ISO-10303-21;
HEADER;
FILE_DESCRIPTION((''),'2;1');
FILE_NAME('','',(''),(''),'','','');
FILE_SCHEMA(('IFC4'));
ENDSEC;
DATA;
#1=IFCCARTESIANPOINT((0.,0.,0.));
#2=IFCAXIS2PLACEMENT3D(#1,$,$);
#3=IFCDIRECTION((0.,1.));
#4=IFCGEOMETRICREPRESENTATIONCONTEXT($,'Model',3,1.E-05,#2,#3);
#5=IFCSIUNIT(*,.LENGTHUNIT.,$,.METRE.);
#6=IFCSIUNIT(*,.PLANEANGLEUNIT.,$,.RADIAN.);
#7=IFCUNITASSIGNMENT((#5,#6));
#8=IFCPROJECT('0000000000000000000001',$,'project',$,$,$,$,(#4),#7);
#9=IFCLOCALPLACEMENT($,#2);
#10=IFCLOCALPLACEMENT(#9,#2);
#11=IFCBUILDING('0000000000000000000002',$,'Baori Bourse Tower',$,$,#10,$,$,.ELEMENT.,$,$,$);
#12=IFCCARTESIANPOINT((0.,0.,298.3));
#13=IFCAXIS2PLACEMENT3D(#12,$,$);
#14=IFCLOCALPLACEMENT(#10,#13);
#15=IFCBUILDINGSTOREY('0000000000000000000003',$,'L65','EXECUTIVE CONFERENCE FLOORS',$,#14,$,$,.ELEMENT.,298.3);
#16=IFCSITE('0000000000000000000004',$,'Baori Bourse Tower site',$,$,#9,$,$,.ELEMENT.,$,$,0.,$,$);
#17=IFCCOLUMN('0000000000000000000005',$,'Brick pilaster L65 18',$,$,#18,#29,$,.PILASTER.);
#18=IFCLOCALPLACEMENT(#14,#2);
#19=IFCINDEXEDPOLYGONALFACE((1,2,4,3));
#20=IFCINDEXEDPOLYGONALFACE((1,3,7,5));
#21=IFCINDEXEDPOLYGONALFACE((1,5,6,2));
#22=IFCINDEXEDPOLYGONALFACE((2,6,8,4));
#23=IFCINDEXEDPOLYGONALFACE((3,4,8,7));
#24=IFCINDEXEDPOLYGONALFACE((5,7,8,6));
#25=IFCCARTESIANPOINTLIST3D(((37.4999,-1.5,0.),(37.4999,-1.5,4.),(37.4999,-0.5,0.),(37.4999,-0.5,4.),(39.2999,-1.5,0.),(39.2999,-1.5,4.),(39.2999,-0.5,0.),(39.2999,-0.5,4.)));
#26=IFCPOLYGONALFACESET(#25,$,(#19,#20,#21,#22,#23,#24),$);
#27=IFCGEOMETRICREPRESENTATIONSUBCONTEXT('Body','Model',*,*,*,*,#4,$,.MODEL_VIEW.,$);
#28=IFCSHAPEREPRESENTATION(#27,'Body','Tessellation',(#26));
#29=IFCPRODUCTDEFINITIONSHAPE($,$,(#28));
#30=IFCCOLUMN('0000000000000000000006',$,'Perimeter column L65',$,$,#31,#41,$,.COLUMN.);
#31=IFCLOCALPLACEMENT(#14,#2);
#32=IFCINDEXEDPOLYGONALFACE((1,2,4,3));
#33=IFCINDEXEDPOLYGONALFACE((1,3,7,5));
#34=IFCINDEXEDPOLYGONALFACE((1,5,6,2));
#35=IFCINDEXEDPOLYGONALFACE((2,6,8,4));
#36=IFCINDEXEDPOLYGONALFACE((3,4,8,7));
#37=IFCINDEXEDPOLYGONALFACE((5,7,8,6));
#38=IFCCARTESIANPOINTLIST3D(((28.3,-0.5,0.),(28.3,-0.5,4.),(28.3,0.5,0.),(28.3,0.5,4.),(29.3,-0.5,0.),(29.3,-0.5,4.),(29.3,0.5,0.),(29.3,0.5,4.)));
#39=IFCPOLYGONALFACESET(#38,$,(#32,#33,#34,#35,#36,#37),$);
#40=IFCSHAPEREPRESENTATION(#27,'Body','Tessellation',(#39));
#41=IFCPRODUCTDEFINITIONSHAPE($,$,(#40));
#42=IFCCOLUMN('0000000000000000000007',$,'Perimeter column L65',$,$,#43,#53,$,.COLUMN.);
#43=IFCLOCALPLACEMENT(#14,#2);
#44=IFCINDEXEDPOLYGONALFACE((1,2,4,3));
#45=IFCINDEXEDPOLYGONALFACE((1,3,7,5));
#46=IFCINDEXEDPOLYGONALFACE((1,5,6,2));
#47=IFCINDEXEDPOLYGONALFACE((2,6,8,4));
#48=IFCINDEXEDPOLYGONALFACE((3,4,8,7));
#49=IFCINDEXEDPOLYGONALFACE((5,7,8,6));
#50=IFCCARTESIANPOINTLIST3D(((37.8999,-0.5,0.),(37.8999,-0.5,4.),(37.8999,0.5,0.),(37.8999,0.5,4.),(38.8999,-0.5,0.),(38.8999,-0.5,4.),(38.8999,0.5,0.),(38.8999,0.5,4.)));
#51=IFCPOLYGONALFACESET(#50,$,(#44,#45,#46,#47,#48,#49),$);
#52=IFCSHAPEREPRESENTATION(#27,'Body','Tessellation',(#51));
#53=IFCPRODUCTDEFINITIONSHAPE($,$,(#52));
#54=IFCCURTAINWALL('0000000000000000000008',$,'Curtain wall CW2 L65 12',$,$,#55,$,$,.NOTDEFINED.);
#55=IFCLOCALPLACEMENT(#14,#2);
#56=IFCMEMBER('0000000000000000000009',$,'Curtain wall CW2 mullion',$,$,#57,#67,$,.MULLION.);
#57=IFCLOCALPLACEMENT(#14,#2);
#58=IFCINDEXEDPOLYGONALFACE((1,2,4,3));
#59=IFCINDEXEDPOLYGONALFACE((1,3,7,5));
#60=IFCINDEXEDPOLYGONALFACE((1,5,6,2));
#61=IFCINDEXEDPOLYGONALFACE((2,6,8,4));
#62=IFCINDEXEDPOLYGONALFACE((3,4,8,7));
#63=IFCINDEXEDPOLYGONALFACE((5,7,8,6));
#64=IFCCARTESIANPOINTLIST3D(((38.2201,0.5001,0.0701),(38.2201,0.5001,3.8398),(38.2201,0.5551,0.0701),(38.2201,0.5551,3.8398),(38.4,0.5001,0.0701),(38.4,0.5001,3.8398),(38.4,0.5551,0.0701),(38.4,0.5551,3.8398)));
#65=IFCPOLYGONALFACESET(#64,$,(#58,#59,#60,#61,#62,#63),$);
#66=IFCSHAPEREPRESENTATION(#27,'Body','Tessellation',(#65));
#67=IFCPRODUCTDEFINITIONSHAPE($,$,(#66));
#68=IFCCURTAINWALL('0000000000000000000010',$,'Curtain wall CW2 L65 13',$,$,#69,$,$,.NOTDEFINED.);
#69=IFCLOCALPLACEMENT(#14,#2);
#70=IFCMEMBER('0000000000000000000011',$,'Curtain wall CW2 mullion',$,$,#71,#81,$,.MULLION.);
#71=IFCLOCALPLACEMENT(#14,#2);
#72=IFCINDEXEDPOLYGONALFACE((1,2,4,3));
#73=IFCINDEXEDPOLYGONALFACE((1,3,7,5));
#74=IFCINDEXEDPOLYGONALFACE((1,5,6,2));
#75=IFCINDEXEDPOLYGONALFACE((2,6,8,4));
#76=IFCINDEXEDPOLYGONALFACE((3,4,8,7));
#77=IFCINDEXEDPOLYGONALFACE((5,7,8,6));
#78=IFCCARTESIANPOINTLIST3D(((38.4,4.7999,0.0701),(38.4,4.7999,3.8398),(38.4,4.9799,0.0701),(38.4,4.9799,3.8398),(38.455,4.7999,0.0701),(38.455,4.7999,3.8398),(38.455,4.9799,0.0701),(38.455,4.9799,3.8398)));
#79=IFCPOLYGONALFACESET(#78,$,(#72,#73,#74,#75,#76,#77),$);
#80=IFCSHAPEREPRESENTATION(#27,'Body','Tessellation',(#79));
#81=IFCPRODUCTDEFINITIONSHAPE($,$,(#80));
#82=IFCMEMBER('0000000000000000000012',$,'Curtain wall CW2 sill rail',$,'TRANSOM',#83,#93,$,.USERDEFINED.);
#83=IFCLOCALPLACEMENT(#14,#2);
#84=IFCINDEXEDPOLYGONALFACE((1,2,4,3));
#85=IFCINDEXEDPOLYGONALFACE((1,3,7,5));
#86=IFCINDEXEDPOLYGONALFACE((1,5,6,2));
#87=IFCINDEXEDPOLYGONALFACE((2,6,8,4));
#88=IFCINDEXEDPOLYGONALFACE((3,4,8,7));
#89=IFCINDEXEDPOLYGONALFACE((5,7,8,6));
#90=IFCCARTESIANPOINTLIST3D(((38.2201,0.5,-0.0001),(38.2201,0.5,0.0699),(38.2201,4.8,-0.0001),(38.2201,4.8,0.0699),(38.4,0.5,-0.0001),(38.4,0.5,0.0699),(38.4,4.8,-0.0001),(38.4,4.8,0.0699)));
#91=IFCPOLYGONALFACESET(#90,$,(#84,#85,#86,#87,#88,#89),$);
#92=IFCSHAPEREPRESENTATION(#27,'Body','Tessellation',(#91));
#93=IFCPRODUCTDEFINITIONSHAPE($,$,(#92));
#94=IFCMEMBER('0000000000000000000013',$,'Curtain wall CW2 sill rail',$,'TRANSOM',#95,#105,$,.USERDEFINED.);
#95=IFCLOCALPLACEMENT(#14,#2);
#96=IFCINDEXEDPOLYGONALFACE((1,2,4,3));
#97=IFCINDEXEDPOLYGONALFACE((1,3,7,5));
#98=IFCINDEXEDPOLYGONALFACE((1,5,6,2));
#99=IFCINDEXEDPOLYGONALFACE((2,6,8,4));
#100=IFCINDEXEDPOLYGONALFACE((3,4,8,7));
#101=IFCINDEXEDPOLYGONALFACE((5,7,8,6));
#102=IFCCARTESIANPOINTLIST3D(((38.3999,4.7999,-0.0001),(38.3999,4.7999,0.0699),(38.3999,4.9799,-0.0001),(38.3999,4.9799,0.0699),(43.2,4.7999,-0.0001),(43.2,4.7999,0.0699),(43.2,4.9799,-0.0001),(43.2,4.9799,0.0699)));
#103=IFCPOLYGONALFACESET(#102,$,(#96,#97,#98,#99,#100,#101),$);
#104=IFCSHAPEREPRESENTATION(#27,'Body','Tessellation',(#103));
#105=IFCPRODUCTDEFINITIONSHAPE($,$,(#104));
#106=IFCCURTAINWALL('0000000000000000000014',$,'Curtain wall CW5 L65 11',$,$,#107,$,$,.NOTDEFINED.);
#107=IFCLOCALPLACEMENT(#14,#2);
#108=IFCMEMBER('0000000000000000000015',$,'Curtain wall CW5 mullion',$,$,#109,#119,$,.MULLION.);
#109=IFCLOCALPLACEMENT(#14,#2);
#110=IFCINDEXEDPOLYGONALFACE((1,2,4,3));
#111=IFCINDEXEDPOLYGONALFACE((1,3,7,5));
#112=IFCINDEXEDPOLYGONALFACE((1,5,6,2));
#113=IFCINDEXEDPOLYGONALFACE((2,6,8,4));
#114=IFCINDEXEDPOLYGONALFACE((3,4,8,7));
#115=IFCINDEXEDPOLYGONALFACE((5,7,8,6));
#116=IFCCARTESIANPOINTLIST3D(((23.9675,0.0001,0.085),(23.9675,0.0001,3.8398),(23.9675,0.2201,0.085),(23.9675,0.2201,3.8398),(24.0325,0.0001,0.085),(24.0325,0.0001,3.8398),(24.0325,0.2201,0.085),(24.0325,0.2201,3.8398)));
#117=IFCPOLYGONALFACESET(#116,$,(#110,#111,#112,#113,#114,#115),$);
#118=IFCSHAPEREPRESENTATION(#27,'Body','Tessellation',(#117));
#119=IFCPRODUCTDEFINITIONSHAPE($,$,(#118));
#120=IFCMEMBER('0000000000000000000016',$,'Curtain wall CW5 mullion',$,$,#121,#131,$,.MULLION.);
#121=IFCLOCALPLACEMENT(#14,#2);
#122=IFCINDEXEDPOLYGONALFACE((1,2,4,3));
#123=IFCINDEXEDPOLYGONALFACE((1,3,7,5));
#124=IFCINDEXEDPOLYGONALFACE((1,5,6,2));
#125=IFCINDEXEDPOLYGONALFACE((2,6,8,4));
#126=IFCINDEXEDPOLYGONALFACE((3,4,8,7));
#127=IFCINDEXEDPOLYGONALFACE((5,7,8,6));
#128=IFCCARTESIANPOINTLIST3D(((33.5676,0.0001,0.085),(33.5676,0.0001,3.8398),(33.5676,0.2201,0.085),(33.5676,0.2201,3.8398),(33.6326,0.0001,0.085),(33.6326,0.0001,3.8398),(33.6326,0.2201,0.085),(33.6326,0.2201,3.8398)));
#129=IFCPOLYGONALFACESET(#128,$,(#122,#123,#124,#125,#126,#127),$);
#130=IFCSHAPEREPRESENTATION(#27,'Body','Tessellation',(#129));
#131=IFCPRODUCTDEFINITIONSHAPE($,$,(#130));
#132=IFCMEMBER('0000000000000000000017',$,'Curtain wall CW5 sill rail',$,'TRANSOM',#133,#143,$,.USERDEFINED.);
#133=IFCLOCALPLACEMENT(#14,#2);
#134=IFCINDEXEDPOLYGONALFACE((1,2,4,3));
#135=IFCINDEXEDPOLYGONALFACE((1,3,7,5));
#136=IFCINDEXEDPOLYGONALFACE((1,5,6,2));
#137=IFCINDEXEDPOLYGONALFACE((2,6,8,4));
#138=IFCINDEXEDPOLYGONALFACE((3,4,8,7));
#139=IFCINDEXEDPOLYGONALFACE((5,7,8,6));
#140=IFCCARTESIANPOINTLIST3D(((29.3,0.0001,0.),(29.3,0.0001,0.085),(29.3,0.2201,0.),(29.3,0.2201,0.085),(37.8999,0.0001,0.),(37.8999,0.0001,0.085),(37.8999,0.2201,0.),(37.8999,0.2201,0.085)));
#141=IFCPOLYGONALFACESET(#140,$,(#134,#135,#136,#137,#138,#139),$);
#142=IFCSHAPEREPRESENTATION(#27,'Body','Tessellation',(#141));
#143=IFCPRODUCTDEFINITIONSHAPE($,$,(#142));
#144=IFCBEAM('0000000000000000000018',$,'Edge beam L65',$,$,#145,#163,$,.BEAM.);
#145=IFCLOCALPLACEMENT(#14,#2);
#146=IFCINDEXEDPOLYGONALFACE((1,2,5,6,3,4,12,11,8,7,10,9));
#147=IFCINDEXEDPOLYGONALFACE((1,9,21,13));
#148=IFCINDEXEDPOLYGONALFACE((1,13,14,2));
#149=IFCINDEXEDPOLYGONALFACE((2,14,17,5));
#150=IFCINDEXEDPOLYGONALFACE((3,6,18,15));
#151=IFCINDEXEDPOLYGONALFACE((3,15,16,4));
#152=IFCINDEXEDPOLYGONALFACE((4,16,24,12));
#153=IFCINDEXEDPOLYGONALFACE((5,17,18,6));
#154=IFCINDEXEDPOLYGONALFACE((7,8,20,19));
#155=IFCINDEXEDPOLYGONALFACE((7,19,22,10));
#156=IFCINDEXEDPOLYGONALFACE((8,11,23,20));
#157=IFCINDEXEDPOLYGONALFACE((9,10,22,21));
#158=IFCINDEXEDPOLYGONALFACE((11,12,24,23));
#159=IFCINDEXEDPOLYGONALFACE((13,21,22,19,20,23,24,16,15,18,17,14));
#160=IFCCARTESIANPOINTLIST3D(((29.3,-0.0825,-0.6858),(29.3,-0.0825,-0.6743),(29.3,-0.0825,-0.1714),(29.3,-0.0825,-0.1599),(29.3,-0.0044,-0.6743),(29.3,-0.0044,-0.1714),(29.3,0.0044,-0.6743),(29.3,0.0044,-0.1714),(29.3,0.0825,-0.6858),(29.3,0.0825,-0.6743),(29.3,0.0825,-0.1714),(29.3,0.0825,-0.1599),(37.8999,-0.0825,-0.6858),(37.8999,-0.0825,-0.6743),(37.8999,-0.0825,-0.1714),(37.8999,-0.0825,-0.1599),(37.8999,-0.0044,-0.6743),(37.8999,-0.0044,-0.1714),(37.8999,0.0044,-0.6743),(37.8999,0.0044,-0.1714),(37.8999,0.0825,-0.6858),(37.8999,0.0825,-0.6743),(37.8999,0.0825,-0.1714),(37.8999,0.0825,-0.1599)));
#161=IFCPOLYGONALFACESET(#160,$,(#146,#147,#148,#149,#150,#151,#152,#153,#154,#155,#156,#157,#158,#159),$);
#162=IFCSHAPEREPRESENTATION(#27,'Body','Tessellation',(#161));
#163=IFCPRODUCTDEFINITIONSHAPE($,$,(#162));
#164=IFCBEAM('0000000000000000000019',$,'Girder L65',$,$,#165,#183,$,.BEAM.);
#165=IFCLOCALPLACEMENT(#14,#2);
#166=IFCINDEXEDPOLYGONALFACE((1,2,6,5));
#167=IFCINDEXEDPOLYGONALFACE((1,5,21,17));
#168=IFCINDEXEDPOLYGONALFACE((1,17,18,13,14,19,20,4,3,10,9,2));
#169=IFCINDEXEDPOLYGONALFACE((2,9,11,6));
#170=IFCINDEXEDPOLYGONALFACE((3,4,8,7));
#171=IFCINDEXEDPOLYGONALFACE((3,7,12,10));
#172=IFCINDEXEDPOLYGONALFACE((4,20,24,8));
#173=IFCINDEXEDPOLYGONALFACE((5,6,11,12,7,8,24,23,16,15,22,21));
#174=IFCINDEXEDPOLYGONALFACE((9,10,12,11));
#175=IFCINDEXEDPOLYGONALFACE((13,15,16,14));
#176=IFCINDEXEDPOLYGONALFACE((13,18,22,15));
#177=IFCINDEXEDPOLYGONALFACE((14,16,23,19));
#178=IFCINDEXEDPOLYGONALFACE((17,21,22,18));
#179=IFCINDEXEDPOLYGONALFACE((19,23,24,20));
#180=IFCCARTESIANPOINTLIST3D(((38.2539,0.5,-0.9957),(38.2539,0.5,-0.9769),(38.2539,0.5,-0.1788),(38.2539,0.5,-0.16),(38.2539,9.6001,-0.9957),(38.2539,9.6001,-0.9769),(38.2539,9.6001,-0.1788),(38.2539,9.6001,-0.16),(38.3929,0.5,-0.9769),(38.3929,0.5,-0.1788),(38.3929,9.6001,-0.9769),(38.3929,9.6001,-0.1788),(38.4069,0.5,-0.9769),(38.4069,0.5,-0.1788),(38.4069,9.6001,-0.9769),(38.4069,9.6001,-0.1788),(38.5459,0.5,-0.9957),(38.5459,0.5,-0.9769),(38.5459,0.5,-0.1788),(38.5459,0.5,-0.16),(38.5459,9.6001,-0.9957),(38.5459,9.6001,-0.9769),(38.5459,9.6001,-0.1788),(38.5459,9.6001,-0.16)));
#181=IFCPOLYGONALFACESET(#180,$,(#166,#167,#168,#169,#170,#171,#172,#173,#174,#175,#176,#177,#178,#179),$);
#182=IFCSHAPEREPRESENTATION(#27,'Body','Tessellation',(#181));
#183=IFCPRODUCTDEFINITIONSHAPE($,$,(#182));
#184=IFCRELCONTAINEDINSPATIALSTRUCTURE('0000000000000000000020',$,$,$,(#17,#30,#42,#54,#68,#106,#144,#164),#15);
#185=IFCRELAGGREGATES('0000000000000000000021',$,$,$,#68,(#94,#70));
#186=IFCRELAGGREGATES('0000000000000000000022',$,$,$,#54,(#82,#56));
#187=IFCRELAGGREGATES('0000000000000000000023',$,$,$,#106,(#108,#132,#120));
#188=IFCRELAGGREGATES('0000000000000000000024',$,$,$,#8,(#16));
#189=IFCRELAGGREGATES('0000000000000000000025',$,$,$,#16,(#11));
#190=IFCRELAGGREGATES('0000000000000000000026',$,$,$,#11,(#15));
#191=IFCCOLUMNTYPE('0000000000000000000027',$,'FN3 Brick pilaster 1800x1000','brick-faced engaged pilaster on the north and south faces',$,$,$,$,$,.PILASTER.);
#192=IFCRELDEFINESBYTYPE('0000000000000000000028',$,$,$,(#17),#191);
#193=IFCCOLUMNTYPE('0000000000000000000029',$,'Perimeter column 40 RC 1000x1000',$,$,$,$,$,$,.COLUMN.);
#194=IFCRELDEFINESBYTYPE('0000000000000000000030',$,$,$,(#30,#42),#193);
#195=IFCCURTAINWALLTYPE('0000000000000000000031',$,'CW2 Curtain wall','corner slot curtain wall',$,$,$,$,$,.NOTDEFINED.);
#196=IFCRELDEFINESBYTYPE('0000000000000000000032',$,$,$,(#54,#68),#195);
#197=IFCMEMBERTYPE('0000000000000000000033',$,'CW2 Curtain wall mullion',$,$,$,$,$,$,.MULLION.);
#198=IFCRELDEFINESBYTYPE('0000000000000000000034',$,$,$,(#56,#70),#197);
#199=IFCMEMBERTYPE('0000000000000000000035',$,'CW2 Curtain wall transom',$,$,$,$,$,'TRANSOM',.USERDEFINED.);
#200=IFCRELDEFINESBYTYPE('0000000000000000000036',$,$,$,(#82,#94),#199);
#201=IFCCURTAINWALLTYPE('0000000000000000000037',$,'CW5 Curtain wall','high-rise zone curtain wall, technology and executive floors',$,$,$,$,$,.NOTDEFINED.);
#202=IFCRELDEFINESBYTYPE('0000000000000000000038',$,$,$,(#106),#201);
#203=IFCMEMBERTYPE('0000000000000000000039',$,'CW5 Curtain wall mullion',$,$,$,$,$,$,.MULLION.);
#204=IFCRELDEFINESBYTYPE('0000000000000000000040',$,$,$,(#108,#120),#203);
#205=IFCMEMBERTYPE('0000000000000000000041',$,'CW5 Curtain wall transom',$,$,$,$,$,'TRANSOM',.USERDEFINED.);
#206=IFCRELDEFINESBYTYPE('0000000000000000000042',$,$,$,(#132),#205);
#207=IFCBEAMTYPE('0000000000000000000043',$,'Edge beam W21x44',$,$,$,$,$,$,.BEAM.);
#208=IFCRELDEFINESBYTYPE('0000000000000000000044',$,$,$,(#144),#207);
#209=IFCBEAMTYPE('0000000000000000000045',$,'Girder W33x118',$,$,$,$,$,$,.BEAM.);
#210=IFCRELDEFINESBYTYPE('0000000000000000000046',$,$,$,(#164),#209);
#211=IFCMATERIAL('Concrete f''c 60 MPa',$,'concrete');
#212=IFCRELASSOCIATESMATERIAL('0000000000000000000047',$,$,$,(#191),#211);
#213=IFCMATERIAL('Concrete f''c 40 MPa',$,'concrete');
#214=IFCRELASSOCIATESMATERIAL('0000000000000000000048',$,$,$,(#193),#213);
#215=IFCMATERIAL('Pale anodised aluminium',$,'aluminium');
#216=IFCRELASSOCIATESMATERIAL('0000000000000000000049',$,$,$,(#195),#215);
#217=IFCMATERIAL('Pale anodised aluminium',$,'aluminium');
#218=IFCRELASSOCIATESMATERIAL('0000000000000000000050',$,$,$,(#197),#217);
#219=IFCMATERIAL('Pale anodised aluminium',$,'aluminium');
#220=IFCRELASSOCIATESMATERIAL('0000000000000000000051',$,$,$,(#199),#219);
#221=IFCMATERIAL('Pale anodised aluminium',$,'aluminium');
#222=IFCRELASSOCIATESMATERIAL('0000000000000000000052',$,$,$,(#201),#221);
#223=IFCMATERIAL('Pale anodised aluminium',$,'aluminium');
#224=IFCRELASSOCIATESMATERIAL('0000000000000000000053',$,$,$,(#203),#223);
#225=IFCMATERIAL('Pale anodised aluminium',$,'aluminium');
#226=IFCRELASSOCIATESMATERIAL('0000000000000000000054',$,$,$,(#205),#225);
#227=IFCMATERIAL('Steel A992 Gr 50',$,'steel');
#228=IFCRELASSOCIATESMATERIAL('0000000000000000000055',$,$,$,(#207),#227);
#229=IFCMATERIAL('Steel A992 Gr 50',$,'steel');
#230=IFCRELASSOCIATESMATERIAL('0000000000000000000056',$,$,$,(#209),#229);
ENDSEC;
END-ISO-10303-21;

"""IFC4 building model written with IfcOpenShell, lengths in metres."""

from ifc_helpers import new_model, si_unit, direction, frame, origin, origin_2d, place, context, subcontext, project, spatial, rectangle, i_section, extrude, material, material_profile, profile_set, type_object, element, aggregate, save


model = new_model("IFC4")

# Units and contexts
model_context = context("Model", 3, precision=1e-05, world=origin(), true_north=direction((0.0, 1.0)))
body_context = subcontext(model_context, "Body", "Model", "MODEL_VIEW")
ifc_project = project(units=[si_unit("LENGTHUNIT", "METRE"), si_unit("PLANEANGLEUNIT", "RADIAN")], contexts=[model_context])

# Site, building, storey
site_placement = place(None, origin())
site = spatial("IfcSite", under=ifc_project, at=site_placement, Name="Baori Bourse Tower site", CompositionType="ELEMENT", RefElevation=0.0)
building_placement = place(site_placement, origin())
building = spatial("IfcBuilding", under=site, at=building_placement, Name="Baori Bourse Tower", CompositionType="ELEMENT")
storey_placement = place(building_placement, frame((0.0, 0.0, 298.3)))
storey = spatial("IfcBuildingStorey", under=building, at=storey_placement, Name="L65", Description="EXECUTIVE CONFERENCE FLOORS", CompositionType="ELEMENT", Elevation=298.3)

# Columns
ifc_material_1 = material(Name="Concrete f'c 60 MPa", Category="concrete")
ifc_material_profile_1 = material_profile(ifc_material_1, rectangle(XDim=1.8, YDim=1.0, at=origin_2d()), Name="RC 1800x1000")
ifc_profile_set_1 = profile_set([ifc_material_profile_1], Name="Concrete f'c 60 MPa")
column_type_1 = type_object("IfcColumnType", Name="FN3 Brick pilaster 1800x1000", Description="brick-faced engaged pilaster on the north and south faces", PredefinedType="PILASTER", material=ifc_profile_set_1)
column_placement = place(storey_placement, frame((38.3999, -1.0, 0.0), z_axis=(0.0, 0.0, 1.0), x_axis=(1.0, 0.0, 0.0)))
element("IfcColumn", 1, at=column_placement, inside=storey, type_object=column_type_1, Name="Brick pilaster L65 18", PredefinedType="PILASTER", context=body_context, shape_type="SweptSolid", body=[
    extrude(rectangle(XDim=1.8, YDim=1.0, at=origin_2d()), origin(), (0.0, 0.0, 1.0), 4.0),
])
ifc_material_2 = material(Name="Concrete f'c 40 MPa", Category="concrete")
ifc_material_profile_2 = material_profile(ifc_material_2, rectangle(XDim=1.0, YDim=1.0, at=origin_2d()), Name="RC 1000x1000")
ifc_profile_set_2 = profile_set([ifc_material_profile_2], Name="Concrete f'c 40 MPa")
column_type_2 = type_object("IfcColumnType", Name="Perimeter column 40 RC 1000x1000", PredefinedType="COLUMN", material=ifc_profile_set_2)
for number, where, z_axis, x_axis, name in (
    (2, (28.8, 0.0, 0.0), (0.0, 0.0, 1.0), (1.0, 0.0, 0.0), "Perimeter column L65"),
    (3, (38.3999, 0.0, 0.0), (0.0, 0.0, 1.0), (1.0, 0.0, 0.0), "Perimeter column L65"),
):
    element("IfcColumn", number, at=place(storey_placement, frame(where, z_axis=z_axis, x_axis=x_axis)), inside=storey, type_object=column_type_2, Name=name, PredefinedType="COLUMN", context=body_context, shape_type="SweptSolid", body=[
        extrude(rectangle(XDim=1.0, YDim=1.0, at=origin_2d()), origin(), (0.0, 0.0, 1.0), 4.0),
    ])

# Curtain walls, members
ifc_material_3 = material(Name="Pale anodised aluminium", Category="aluminium")
curtain_wall_type_1 = type_object("IfcCurtainWallType", Name="CW2 Curtain wall", Description="corner slot curtain wall", PredefinedType="NOTDEFINED", material=ifc_material_3)
curtain_wall_1_placement = place(storey_placement, origin())
curtain_wall_1 = element("IfcCurtainWall", 4, at=curtain_wall_1_placement, inside=storey, type_object=curtain_wall_type_1, Name="Curtain wall CW2 L65 12", PredefinedType="NOTDEFINED")
ifc_material_4 = material(Name="Pale anodised aluminium", Category="aluminium")
ifc_material_profile_3 = material_profile(ifc_material_4, rectangle(XDim=0.1799, YDim=0.0549, at=origin_2d()), Name="Mullion 55x180")
ifc_profile_set_3 = profile_set([ifc_material_profile_3], Name="Pale anodised aluminium")
member_type_1 = type_object("IfcMemberType", Name="CW2 Curtain wall mullion", PredefinedType="MULLION", material=ifc_profile_set_3)
member_1_placement = place(storey_placement, frame((38.3101, 0.5276, 0.0701), z_axis=(0.0, 0.0, 1.0), x_axis=(-1.0, 0.0, 0.0)))
member_1 = element("IfcMember", 5, at=member_1_placement, type_object=member_type_1, Name="Curtain wall CW2 mullion", PredefinedType="MULLION", context=body_context, shape_type="SweptSolid", body=[
    extrude(rectangle(XDim=0.1799, YDim=0.0549, at=origin_2d()), origin(), (0.0, 0.0, 1.0), 3.7698),
])
curtain_wall_2_placement = place(storey_placement, origin())
curtain_wall_2 = element("IfcCurtainWall", 6, at=curtain_wall_2_placement, inside=storey, type_object=curtain_wall_type_1, Name="Curtain wall CW2 L65 13", PredefinedType="NOTDEFINED")
member_2_placement = place(storey_placement, frame((38.4275, 4.8899, 0.0701), z_axis=(0.0, 0.0, 1.0), x_axis=(0.0, 1.0, 0.0)))
member_2 = element("IfcMember", 7, at=member_2_placement, type_object=member_type_1, Name="Curtain wall CW2 mullion", PredefinedType="MULLION", context=body_context, shape_type="SweptSolid", body=[
    extrude(rectangle(XDim=0.1799, YDim=0.0549, at=origin_2d()), origin(), (0.0, 0.0, 1.0), 3.7698),
])

# Members
ifc_material_5 = material(Name="Pale anodised aluminium", Category="aluminium")
ifc_material_profile_4 = material_profile(ifc_material_5, rectangle(XDim=0.1799, YDim=0.0701, at=origin_2d()), Name="Transom 70x180")
ifc_profile_set_4 = profile_set([ifc_material_profile_4], Name="Pale anodised aluminium")
member_type_2 = type_object("IfcMemberType", Name="CW2 Curtain wall transom", ElementType="TRANSOM", PredefinedType="USERDEFINED", material=ifc_profile_set_4)
member_3_placement = place(storey_placement, frame((38.3101, 0.5, 0.0349), z_axis=(0.0, 1.0, 0.0), x_axis=(-1.0, 0.0, 0.0)))
member_3 = element("IfcMember", 8, at=member_3_placement, type_object=member_type_2, Name="Curtain wall CW2 sill rail", ObjectType="TRANSOM", PredefinedType="USERDEFINED", context=body_context, shape_type="SweptSolid", body=[
    extrude(rectangle(XDim=0.1799, YDim=0.0701, at=origin_2d()), origin(), (0.0, 0.0, 1.0), 4.3),
])
member_4_placement = place(storey_placement, frame((38.3999, 4.8899, 0.0349), z_axis=(1.0, 0.0, 0.0), x_axis=(0.0, 1.0, 0.0)))
member_4 = element("IfcMember", 9, at=member_4_placement, type_object=member_type_2, Name="Curtain wall CW2 sill rail", ObjectType="TRANSOM", PredefinedType="USERDEFINED", context=body_context, shape_type="SweptSolid", body=[
    extrude(rectangle(XDim=0.1799, YDim=0.0701, at=origin_2d()), origin(), (0.0, 0.0, 1.0), 4.8),
])
aggregate(curtain_wall_2, [member_4, member_2])

# Curtain wall, members
ifc_material_6 = material(Name="Pale anodised aluminium", Category="aluminium")
curtain_wall_type_2 = type_object("IfcCurtainWallType", Name="CW5 Curtain wall", Description="high-rise zone curtain wall, technology and executive floors", PredefinedType="NOTDEFINED", material=ifc_material_6)
curtain_wall_3_placement = place(storey_placement, origin())
curtain_wall_3 = element("IfcCurtainWall", 10, at=curtain_wall_3_placement, inside=storey, type_object=curtain_wall_type_2, Name="Curtain wall CW5 L65 11", PredefinedType="NOTDEFINED")
ifc_material_7 = material(Name="Pale anodised aluminium", Category="aluminium")
ifc_material_profile_5 = material_profile(ifc_material_7, rectangle(XDim=0.22, YDim=0.0649, at=origin_2d()), Name="Mullion 65x220")
ifc_profile_set_5 = profile_set([ifc_material_profile_5], Name="Pale anodised aluminium")
member_type_3 = type_object("IfcMemberType", Name="CW5 Curtain wall mullion", PredefinedType="MULLION", material=ifc_profile_set_5)
member_5_placement = place(storey_placement, frame((24.0, 0.1101, 0.085), z_axis=(0.0, 0.0, 1.0), x_axis=(0.0, 1.0, 0.0)))
member_5 = element("IfcMember", 11, at=member_5_placement, type_object=member_type_3, Name="Curtain wall CW5 mullion", PredefinedType="MULLION", context=body_context, shape_type="SweptSolid", body=[
    extrude(rectangle(XDim=0.22, YDim=0.0649, at=origin_2d()), origin(), (0.0, 0.0, 1.0), 3.7549),
])
member_6_placement = place(storey_placement, frame((33.6001, 0.1101, 0.085), z_axis=(0.0, 0.0, 1.0), x_axis=(0.0, 1.0, 0.0)))
member_6 = element("IfcMember", 12, at=member_6_placement, type_object=member_type_3, Name="Curtain wall CW5 mullion", PredefinedType="MULLION", context=body_context, shape_type="SweptSolid", body=[
    extrude(rectangle(XDim=0.22, YDim=0.0649, at=origin_2d()), origin(), (0.0, 0.0, 1.0), 3.7549),
])
ifc_material_8 = material(Name="Pale anodised aluminium", Category="aluminium")
ifc_material_profile_6 = material_profile(ifc_material_8, rectangle(XDim=0.22, YDim=0.085, at=origin_2d()), Name="Transom 85x220")
ifc_profile_set_6 = profile_set([ifc_material_profile_6], Name="Pale anodised aluminium")
member_type_4 = type_object("IfcMemberType", Name="CW5 Curtain wall transom", ElementType="TRANSOM", PredefinedType="USERDEFINED", material=ifc_profile_set_6)
member_7_placement = place(storey_placement, frame((29.3, 0.1101, 0.0425), z_axis=(1.0, 0.0, 0.0), x_axis=(0.0, 1.0, 0.0)))
member_7 = element("IfcMember", 13, at=member_7_placement, type_object=member_type_4, Name="Curtain wall CW5 sill rail", ObjectType="TRANSOM", PredefinedType="USERDEFINED", context=body_context, shape_type="SweptSolid", body=[
    extrude(rectangle(XDim=0.22, YDim=0.085, at=origin_2d()), origin(), (0.0, 0.0, 1.0), 8.5999),
])

# Beams
ifc_material_9 = material(Name="Steel A992 Gr 50", Category="steel")
ifc_material_profile_7 = material_profile(ifc_material_9, i_section(OverallWidth=0.165, OverallDepth=0.5259, WebThickness=0.0088, FlangeThickness=0.0115, at=origin_2d()), Name="W21x44")
ifc_profile_set_7 = profile_set([ifc_material_profile_7], Name="Steel A992 Gr 50")
beam_type_1 = type_object("IfcBeamType", Name="Edge beam W21x44", PredefinedType="BEAM", material=ifc_profile_set_7)
beam_1_placement = place(storey_placement, frame((29.3, 0.0, -0.4229), z_axis=(1.0, 0.0, 0.0), x_axis=(0.0, 1.0, 0.0)))
element("IfcBeam", 14, at=beam_1_placement, inside=storey, type_object=beam_type_1, Name="Edge beam L65", PredefinedType="BEAM", context=body_context, shape_type="SweptSolid", body=[
    extrude(i_section(OverallWidth=0.165, OverallDepth=0.5259, WebThickness=0.0088, FlangeThickness=0.0115, at=origin_2d()), origin(), (0.0, 0.0, 1.0), 8.5999),
])
ifc_material_10 = material(Name="Steel A992 Gr 50", Category="steel")
ifc_material_profile_8 = material_profile(ifc_material_10, i_section(OverallWidth=0.292, OverallDepth=0.8357, WebThickness=0.0139, FlangeThickness=0.0188, at=origin_2d()), Name="W33x118")
ifc_profile_set_8 = profile_set([ifc_material_profile_8], Name="Steel A992 Gr 50")
beam_type_2 = type_object("IfcBeamType", Name="Girder W33x118", PredefinedType="BEAM", material=ifc_profile_set_8)
beam_2_placement = place(storey_placement, frame((38.3999, 0.5, -0.5779), z_axis=(0.0, 1.0, 0.0), x_axis=(-1.0, 0.0, 0.0)))
element("IfcBeam", 15, at=beam_2_placement, inside=storey, type_object=beam_type_2, Name="Girder L65", PredefinedType="BEAM", context=body_context, shape_type="SweptSolid", body=[
    extrude(i_section(OverallWidth=0.292, OverallDepth=0.8357, WebThickness=0.0139, FlangeThickness=0.0188, at=origin_2d()), origin(), (0.0, 0.0, 1.0), 9.1001),
])

aggregate(curtain_wall_1, [member_3, member_1])
aggregate(curtain_wall_3, [member_5, member_7, member_6])

save(model, "model.ifc")
